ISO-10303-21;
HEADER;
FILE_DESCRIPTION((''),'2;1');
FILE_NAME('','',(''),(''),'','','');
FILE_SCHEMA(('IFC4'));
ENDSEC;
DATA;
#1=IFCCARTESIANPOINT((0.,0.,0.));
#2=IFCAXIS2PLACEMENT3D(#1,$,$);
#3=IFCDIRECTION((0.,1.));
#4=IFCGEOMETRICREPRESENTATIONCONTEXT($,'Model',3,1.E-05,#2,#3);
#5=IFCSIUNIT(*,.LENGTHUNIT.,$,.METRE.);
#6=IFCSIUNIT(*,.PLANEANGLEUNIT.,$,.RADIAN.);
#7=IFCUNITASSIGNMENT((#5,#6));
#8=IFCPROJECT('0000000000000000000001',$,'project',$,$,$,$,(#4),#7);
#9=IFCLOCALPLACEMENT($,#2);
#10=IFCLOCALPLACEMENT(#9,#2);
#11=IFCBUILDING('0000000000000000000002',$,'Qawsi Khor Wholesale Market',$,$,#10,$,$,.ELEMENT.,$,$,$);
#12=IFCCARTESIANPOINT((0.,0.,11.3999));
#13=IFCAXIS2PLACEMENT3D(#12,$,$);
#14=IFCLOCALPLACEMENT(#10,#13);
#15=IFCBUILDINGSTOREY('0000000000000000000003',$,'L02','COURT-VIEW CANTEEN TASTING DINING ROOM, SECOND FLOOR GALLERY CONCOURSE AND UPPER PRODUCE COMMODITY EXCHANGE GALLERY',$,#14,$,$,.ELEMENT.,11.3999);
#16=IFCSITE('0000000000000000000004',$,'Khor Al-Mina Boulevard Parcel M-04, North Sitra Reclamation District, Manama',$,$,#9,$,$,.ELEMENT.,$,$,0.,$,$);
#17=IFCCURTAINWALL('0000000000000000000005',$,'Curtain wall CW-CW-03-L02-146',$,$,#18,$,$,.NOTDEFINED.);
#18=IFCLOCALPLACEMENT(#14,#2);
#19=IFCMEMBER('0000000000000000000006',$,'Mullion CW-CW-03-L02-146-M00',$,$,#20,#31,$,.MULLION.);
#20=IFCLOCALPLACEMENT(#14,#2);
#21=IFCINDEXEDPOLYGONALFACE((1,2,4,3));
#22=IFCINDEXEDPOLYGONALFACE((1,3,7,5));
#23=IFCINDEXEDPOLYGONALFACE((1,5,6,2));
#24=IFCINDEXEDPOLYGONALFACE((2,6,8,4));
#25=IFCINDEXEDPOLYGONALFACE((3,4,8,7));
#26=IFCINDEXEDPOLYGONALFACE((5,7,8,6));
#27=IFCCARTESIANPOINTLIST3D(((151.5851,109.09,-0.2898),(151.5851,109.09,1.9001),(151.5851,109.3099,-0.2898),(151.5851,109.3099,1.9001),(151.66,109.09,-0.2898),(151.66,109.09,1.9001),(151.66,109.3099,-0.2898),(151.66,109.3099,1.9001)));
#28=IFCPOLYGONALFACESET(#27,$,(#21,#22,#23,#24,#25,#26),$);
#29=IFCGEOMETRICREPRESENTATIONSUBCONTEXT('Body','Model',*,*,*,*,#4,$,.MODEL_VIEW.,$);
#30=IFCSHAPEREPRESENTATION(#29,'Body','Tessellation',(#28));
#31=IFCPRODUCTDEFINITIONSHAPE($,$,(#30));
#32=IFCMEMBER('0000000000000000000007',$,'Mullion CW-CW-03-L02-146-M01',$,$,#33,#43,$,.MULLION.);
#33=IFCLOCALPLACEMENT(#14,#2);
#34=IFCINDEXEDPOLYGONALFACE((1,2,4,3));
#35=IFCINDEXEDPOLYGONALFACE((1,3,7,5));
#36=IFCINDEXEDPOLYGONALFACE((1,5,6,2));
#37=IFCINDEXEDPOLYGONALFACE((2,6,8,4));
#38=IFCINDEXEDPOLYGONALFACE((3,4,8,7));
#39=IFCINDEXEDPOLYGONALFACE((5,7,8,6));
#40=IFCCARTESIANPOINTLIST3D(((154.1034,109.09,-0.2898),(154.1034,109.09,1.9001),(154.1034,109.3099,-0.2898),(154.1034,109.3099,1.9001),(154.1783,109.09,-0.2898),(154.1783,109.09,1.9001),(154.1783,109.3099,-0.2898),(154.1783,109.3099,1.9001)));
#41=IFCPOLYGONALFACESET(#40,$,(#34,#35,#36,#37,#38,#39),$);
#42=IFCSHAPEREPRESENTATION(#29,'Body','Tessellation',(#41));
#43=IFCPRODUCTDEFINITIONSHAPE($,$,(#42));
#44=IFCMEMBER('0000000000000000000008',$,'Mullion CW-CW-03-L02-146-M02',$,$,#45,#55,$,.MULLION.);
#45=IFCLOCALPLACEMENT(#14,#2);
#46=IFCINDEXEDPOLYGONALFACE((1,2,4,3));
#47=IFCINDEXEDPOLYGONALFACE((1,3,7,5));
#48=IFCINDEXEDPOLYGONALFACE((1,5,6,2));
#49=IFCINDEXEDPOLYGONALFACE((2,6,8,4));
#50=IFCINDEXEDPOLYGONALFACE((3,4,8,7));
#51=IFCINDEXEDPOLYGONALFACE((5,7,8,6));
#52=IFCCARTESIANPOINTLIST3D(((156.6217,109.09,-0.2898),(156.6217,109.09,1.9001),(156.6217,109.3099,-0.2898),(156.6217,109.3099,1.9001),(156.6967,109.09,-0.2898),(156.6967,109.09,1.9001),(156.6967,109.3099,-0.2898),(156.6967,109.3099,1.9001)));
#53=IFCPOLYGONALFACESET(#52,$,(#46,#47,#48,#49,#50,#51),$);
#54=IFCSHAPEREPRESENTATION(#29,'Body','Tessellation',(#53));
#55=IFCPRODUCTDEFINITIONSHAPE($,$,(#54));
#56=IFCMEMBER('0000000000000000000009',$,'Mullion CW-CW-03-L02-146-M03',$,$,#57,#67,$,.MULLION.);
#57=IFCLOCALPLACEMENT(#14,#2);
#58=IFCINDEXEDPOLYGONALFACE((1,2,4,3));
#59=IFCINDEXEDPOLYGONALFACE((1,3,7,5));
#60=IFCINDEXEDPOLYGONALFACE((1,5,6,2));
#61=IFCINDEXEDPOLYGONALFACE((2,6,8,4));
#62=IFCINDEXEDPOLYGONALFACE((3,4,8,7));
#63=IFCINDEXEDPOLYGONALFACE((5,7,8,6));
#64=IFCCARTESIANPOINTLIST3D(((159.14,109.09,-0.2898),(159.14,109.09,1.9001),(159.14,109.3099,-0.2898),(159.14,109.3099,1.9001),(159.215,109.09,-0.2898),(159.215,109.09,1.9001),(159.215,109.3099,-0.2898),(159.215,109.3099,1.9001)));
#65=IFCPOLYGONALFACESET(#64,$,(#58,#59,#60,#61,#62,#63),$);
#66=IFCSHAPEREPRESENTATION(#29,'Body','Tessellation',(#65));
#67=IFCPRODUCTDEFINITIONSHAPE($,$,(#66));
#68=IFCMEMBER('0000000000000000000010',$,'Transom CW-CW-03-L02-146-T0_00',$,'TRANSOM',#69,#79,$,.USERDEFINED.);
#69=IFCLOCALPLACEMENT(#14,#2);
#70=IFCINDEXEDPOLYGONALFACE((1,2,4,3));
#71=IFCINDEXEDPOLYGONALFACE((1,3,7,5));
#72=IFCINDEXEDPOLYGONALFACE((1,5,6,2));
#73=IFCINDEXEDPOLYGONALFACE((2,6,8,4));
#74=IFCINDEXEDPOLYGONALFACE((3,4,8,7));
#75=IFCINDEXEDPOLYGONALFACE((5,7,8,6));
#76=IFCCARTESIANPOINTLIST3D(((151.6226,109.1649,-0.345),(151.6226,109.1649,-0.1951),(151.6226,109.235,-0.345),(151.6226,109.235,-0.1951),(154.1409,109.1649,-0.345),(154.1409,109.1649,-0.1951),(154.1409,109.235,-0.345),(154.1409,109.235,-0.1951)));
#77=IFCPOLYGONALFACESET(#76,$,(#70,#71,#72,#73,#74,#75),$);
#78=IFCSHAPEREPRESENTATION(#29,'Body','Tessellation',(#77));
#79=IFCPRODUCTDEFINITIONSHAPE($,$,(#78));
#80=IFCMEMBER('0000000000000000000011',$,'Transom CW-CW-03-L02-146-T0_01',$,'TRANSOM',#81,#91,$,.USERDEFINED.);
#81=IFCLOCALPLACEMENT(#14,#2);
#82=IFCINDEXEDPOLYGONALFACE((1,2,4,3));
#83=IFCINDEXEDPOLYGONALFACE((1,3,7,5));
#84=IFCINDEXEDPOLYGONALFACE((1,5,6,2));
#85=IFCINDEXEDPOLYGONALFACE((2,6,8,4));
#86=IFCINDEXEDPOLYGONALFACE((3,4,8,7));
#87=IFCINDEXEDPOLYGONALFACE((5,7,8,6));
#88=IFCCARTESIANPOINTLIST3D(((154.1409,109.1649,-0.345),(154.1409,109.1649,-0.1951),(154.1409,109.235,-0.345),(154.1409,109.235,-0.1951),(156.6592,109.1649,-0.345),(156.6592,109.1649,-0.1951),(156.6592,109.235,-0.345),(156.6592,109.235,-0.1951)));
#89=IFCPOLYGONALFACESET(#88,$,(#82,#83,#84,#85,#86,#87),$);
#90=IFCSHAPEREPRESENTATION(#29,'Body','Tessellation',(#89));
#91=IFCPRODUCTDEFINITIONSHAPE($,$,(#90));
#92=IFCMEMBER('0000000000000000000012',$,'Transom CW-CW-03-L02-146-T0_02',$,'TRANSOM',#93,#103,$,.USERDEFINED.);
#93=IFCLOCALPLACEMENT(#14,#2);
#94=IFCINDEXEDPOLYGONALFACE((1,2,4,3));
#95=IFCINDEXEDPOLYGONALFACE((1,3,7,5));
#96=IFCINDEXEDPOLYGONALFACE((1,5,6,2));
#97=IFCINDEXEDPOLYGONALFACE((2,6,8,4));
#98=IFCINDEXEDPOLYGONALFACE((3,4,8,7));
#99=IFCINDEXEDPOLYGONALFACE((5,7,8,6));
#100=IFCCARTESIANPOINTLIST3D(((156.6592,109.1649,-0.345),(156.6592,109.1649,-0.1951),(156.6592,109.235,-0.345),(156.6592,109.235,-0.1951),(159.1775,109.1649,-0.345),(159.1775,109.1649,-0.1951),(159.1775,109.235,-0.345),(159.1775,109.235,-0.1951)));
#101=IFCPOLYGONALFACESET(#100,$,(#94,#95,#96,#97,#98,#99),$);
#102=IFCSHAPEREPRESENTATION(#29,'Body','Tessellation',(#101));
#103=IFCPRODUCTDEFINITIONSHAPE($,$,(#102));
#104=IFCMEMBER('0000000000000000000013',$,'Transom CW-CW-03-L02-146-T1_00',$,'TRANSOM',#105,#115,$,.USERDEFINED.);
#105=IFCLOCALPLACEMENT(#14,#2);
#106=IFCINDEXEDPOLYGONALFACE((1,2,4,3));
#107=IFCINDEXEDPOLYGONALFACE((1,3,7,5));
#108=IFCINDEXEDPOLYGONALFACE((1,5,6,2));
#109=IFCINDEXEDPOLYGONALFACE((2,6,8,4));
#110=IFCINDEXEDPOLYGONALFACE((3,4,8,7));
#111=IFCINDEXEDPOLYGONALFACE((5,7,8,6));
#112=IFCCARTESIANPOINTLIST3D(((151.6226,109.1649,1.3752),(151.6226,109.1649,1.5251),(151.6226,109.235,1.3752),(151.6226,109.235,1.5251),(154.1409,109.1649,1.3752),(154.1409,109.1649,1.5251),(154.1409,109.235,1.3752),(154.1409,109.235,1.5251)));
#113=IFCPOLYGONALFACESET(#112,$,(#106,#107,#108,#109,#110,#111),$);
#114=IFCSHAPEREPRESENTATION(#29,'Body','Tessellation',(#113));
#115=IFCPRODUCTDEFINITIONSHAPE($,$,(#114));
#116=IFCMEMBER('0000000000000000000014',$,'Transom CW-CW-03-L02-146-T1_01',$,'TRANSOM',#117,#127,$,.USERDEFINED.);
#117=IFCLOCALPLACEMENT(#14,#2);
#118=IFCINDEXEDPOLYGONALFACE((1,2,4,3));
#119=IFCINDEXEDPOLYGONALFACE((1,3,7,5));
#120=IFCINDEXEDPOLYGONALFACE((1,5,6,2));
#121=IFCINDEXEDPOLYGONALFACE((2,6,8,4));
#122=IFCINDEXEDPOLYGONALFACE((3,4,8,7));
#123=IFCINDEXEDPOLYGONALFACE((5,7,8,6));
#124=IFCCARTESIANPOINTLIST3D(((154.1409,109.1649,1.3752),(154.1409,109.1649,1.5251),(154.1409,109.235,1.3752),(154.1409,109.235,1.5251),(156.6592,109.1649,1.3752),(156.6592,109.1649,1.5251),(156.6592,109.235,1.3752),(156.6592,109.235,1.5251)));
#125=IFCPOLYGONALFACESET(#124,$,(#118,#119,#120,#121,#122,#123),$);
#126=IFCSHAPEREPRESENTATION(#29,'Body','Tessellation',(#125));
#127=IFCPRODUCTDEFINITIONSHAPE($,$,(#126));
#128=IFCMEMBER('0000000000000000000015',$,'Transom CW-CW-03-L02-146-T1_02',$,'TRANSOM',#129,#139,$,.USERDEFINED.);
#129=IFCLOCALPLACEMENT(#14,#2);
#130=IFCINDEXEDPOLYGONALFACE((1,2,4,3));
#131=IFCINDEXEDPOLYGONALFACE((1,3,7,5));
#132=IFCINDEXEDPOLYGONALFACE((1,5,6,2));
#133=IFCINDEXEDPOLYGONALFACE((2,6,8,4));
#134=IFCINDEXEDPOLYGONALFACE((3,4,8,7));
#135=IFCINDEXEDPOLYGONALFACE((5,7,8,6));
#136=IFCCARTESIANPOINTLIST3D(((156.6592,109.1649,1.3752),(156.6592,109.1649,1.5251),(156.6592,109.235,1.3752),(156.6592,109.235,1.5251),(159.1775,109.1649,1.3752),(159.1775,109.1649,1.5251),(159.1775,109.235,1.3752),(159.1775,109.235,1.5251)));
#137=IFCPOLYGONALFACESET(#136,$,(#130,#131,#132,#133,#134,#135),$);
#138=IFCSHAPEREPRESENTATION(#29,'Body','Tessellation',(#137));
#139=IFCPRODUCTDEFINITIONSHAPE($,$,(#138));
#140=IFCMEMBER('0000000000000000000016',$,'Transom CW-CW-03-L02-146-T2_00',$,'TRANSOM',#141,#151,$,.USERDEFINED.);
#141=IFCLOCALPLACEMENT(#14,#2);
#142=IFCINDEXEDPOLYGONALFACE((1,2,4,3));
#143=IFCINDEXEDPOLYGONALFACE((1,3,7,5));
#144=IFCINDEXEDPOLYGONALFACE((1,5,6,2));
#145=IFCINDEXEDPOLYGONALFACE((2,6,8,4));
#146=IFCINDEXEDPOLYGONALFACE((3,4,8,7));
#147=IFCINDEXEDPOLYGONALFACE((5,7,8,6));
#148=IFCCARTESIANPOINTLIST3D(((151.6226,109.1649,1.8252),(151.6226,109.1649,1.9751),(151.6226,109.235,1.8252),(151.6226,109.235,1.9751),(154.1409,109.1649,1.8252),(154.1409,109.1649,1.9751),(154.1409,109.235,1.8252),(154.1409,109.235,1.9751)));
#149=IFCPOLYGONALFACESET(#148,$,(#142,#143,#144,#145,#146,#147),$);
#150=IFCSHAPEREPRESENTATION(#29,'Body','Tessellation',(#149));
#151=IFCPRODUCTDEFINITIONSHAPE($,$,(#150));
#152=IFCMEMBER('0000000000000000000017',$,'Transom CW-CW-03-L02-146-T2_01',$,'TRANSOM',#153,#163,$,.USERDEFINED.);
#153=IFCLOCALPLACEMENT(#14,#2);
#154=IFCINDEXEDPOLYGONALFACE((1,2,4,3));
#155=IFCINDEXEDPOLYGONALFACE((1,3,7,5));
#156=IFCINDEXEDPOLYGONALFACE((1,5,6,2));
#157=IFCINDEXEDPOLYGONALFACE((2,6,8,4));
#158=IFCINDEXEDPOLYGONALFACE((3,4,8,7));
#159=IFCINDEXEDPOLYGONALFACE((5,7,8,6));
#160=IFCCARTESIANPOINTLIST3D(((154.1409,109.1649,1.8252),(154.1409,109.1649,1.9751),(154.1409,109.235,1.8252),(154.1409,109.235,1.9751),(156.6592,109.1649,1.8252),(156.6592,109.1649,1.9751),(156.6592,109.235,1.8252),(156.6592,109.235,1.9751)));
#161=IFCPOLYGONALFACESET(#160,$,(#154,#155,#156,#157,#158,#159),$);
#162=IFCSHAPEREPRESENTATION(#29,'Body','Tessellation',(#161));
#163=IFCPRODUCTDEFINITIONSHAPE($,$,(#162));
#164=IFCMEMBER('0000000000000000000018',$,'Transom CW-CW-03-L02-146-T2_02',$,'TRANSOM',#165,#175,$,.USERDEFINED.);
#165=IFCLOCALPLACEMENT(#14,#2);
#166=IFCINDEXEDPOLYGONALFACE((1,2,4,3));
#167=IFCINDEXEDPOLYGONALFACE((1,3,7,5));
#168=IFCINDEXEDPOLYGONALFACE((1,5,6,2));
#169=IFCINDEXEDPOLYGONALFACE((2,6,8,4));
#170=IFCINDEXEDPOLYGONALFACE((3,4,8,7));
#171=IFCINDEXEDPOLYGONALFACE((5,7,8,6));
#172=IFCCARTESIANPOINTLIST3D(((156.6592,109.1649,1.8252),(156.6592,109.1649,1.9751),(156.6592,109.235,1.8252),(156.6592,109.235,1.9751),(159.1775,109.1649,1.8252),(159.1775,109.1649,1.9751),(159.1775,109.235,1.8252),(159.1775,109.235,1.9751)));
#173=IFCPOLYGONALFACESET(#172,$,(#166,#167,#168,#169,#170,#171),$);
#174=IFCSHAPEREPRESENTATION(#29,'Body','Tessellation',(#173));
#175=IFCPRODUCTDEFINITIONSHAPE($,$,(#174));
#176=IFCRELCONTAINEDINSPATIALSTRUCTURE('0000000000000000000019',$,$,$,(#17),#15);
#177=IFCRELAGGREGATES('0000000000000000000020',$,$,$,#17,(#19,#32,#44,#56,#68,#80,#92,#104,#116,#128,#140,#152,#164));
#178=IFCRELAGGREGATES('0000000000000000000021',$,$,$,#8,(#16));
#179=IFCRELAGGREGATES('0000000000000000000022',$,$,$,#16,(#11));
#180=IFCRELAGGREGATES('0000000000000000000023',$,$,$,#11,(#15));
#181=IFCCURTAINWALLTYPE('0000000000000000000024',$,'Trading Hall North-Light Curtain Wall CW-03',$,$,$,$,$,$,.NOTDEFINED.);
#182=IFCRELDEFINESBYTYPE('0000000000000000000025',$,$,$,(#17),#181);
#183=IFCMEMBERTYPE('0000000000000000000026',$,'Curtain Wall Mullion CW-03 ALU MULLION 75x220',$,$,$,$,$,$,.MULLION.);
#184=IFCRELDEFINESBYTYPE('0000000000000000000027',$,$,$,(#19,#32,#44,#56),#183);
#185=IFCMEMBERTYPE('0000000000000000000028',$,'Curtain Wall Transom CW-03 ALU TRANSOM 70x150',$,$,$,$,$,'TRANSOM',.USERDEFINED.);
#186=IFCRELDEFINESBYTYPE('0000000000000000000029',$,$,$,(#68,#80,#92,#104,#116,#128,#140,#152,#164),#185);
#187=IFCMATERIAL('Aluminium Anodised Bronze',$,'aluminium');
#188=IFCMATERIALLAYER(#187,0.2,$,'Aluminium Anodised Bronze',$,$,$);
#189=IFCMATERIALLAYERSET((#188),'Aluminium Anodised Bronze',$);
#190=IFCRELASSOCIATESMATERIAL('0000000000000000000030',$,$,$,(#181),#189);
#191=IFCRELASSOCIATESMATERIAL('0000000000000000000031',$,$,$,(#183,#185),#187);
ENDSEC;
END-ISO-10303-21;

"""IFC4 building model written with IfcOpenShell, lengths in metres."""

from ifc_helpers import new_model, si_unit, direction, frame, origin, origin_2d, place, context, subcontext, project, spatial, rectangle, extrude, material, layer, layer_set, material_profile, profile_set, type_object, element, aggregate, save


model = new_model("IFC4")

# Units and contexts
model_context = context("Model", 3, precision=1e-05, world=origin(), true_north=direction((0.0, 1.0)))
body_context = subcontext(model_context, "Body", "Model", "MODEL_VIEW")
ifc_project = project(units=[si_unit("LENGTHUNIT", "METRE"), si_unit("PLANEANGLEUNIT", "RADIAN")], contexts=[model_context])

# Site, building, storey
site_placement = place(None, origin())
site = spatial("IfcSite", under=ifc_project, at=site_placement, Name="Khor Al-Mina Boulevard Parcel M-04, North Sitra Reclamation District, Manama", CompositionType="ELEMENT", RefElevation=0.0)
building_placement = place(site_placement, origin())
building = spatial("IfcBuilding", under=site, at=building_placement, Name="Qawsi Khor Wholesale Market", CompositionType="ELEMENT")
storey_placement = place(building_placement, frame((0.0, 0.0, 11.3999)))
storey = spatial("IfcBuildingStorey", under=building, at=storey_placement, Name="L02", Description="COURT-VIEW CANTEEN TASTING DINING ROOM, SECOND FLOOR GALLERY CONCOURSE AND UPPER PRODUCE COMMODITY EXCHANGE GALLERY", CompositionType="ELEMENT", Elevation=11.3999)

# Curtain wall, members
ifc_material_1 = material(Name="Aluminium Anodised Bronze", Category="aluminium")
ifc_layer_1 = layer(ifc_material_1, 0.2, Name="Aluminium Anodised Bronze")
ifc_layer_set_1 = layer_set([ifc_layer_1], Name="Aluminium Anodised Bronze")
curtain_wall_type = type_object("IfcCurtainWallType", Name="Trading Hall North-Light Curtain Wall CW-03", PredefinedType="NOTDEFINED", material=ifc_layer_set_1)
curtain_wall_placement = place(storey_placement, origin())
curtain_wall = element("IfcCurtainWall", 1, at=curtain_wall_placement, inside=storey, type_object=curtain_wall_type, Name="Curtain wall CW-CW-03-L02-146", PredefinedType="NOTDEFINED")
ifc_material_profile_1 = material_profile(ifc_material_1, rectangle(XDim=0.075, YDim=0.22, at=origin_2d()), Name="ALU MULLION 75x220")
ifc_profile_set_1 = profile_set([ifc_material_profile_1], Name="Aluminium Anodised Bronze")
member_type_1 = type_object("IfcMemberType", Name="Curtain Wall Mullion CW-03 ALU MULLION 75x220", PredefinedType="MULLION", material=ifc_profile_set_1)
member_1_placement = place(storey_placement, frame((151.6226, 109.2, -0.2898), z_axis=(0.0, 0.0, 1.0), x_axis=(1.0, 0.0, 0.0)))
member_1 = element("IfcMember", 2, at=member_1_placement, type_object=member_type_1, Name="Mullion CW-CW-03-L02-146-M00", PredefinedType="MULLION", context=body_context, shape_type="SweptSolid", body=[
    extrude(rectangle(XDim=0.075, YDim=0.22, at=origin_2d()), origin(), (0.0, 0.0, 1.0), 2.1899),
])
member_2_placement = place(storey_placement, frame((154.1409, 109.2, -0.2898), z_axis=(0.0, 0.0, 1.0), x_axis=(1.0, 0.0, 0.0)))
member_2 = element("IfcMember", 3, at=member_2_placement, type_object=member_type_1, Name="Mullion CW-CW-03-L02-146-M01", PredefinedType="MULLION", context=body_context, shape_type="SweptSolid", body=[
    extrude(rectangle(XDim=0.075, YDim=0.22, at=origin_2d()), origin(), (0.0, 0.0, 1.0), 2.1899),
])
member_3_placement = place(storey_placement, frame((156.6592, 109.2, -0.2898), z_axis=(0.0, 0.0, 1.0), x_axis=(1.0, 0.0, 0.0)))
member_3 = element("IfcMember", 4, at=member_3_placement, type_object=member_type_1, Name="Mullion CW-CW-03-L02-146-M02", PredefinedType="MULLION", context=body_context, shape_type="SweptSolid", body=[
    extrude(rectangle(XDim=0.075, YDim=0.22, at=origin_2d()), origin(), (0.0, 0.0, 1.0), 2.1899),
])
member_4_placement = place(storey_placement, frame((159.1775, 109.2, -0.2898), z_axis=(0.0, 0.0, 1.0), x_axis=(1.0, 0.0, 0.0)))
member_4 = element("IfcMember", 5, at=member_4_placement, type_object=member_type_1, Name="Mullion CW-CW-03-L02-146-M03", PredefinedType="MULLION", context=body_context, shape_type="SweptSolid", body=[
    extrude(rectangle(XDim=0.075, YDim=0.22, at=origin_2d()), origin(), (0.0, 0.0, 1.0), 2.1899),
])
ifc_material_profile_2 = material_profile(ifc_material_1, rectangle(XDim=0.0701, YDim=0.1499, at=origin_2d()), Name="ALU TRANSOM 70x150")
ifc_profile_set_2 = profile_set([ifc_material_profile_2], Name="Aluminium Anodised Bronze")
member_type_2 = type_object("IfcMemberType", Name="Curtain Wall Transom CW-03 ALU TRANSOM 70x150", ElementType="TRANSOM", PredefinedType="USERDEFINED", material=ifc_profile_set_2)
member_5_placement = place(storey_placement, frame((151.6226, 109.2, -0.27), z_axis=(1.0, 0.0, 0.0), x_axis=(0.0, 1.0, 0.0)))
member_5 = element("IfcMember", 6, at=member_5_placement, type_object=member_type_2, Name="Transom CW-CW-03-L02-146-T0_00", ObjectType="TRANSOM", PredefinedType="USERDEFINED", context=body_context, shape_type="SweptSolid", body=[
    extrude(rectangle(XDim=0.0701, YDim=0.1499, at=origin_2d()), origin(), (0.0, 0.0, 1.0), 2.5183),
])
member_6_placement = place(storey_placement, frame((154.1409, 109.2, -0.27), z_axis=(1.0, 0.0, 0.0), x_axis=(0.0, 1.0, 0.0)))
member_6 = element("IfcMember", 7, at=member_6_placement, type_object=member_type_2, Name="Transom CW-CW-03-L02-146-T0_01", ObjectType="TRANSOM", PredefinedType="USERDEFINED", context=body_context, shape_type="SweptSolid", body=[
    extrude(rectangle(XDim=0.0701, YDim=0.1499, at=origin_2d()), origin(), (0.0, 0.0, 1.0), 2.5183),
])
member_7_placement = place(storey_placement, frame((156.6592, 109.2, -0.27), z_axis=(1.0, 0.0, 0.0), x_axis=(0.0, 1.0, 0.0)))
member_7 = element("IfcMember", 8, at=member_7_placement, type_object=member_type_2, Name="Transom CW-CW-03-L02-146-T0_02", ObjectType="TRANSOM", PredefinedType="USERDEFINED", context=body_context, shape_type="SweptSolid", body=[
    extrude(rectangle(XDim=0.0701, YDim=0.1499, at=origin_2d()), origin(), (0.0, 0.0, 1.0), 2.5183),
])
member_8_placement = place(storey_placement, frame((151.6226, 109.2, 1.4502), z_axis=(1.0, 0.0, 0.0), x_axis=(0.0, 1.0, 0.0)))
member_8 = element("IfcMember", 9, at=member_8_placement, type_object=member_type_2, Name="Transom CW-CW-03-L02-146-T1_00", ObjectType="TRANSOM", PredefinedType="USERDEFINED", context=body_context, shape_type="SweptSolid", body=[
    extrude(rectangle(XDim=0.0701, YDim=0.1499, at=origin_2d()), origin(), (0.0, 0.0, 1.0), 2.5183),
])
member_9_placement = place(storey_placement, frame((154.1409, 109.2, 1.4502), z_axis=(1.0, 0.0, 0.0), x_axis=(0.0, 1.0, 0.0)))
member_9 = element("IfcMember", 10, at=member_9_placement, type_object=member_type_2, Name="Transom CW-CW-03-L02-146-T1_01", ObjectType="TRANSOM", PredefinedType="USERDEFINED", context=body_context, shape_type="SweptSolid", body=[
    extrude(rectangle(XDim=0.0701, YDim=0.1499, at=origin_2d()), origin(), (0.0, 0.0, 1.0), 2.5183),
])
member_10_placement = place(storey_placement, frame((156.6592, 109.2, 1.4502), z_axis=(1.0, 0.0, 0.0), x_axis=(0.0, 1.0, 0.0)))
member_10 = element("IfcMember", 11, at=member_10_placement, type_object=member_type_2, Name="Transom CW-CW-03-L02-146-T1_02", ObjectType="TRANSOM", PredefinedType="USERDEFINED", context=body_context, shape_type="SweptSolid", body=[
    extrude(rectangle(XDim=0.0701, YDim=0.1499, at=origin_2d()), origin(), (0.0, 0.0, 1.0), 2.5183),
])
member_11_placement = place(storey_placement, frame((151.6226, 109.2, 1.9001), z_axis=(1.0, 0.0, 0.0), x_axis=(0.0, 1.0, 0.0)))
member_11 = element("IfcMember", 12, at=member_11_placement, type_object=member_type_2, Name="Transom CW-CW-03-L02-146-T2_00", ObjectType="TRANSOM", PredefinedType="USERDEFINED", context=body_context, shape_type="SweptSolid", body=[
    extrude(rectangle(XDim=0.0701, YDim=0.1499, at=origin_2d()), origin(), (0.0, 0.0, 1.0), 2.5183),
])
member_12_placement = place(storey_placement, frame((154.1409, 109.2, 1.9001), z_axis=(1.0, 0.0, 0.0), x_axis=(0.0, 1.0, 0.0)))
member_12 = element("IfcMember", 13, at=member_12_placement, type_object=member_type_2, Name="Transom CW-CW-03-L02-146-T2_01", ObjectType="TRANSOM", PredefinedType="USERDEFINED", context=body_context, shape_type="SweptSolid", body=[
    extrude(rectangle(XDim=0.0701, YDim=0.1499, at=origin_2d()), origin(), (0.0, 0.0, 1.0), 2.5183),
])
member_13_placement = place(storey_placement, frame((156.6592, 109.2, 1.9001), z_axis=(1.0, 0.0, 0.0), x_axis=(0.0, 1.0, 0.0)))
member_13 = element("IfcMember", 14, at=member_13_placement, type_object=member_type_2, Name="Transom CW-CW-03-L02-146-T2_02", ObjectType="TRANSOM", PredefinedType="USERDEFINED", context=body_context, shape_type="SweptSolid", body=[
    extrude(rectangle(XDim=0.0701, YDim=0.1499, at=origin_2d()), origin(), (0.0, 0.0, 1.0), 2.5183),
])

aggregate(curtain_wall, [member_1, member_2, member_3, member_4, member_5, member_6, member_7, member_8, member_9, member_10, member_11, member_12, member_13])

save(model, "model.ifc")
